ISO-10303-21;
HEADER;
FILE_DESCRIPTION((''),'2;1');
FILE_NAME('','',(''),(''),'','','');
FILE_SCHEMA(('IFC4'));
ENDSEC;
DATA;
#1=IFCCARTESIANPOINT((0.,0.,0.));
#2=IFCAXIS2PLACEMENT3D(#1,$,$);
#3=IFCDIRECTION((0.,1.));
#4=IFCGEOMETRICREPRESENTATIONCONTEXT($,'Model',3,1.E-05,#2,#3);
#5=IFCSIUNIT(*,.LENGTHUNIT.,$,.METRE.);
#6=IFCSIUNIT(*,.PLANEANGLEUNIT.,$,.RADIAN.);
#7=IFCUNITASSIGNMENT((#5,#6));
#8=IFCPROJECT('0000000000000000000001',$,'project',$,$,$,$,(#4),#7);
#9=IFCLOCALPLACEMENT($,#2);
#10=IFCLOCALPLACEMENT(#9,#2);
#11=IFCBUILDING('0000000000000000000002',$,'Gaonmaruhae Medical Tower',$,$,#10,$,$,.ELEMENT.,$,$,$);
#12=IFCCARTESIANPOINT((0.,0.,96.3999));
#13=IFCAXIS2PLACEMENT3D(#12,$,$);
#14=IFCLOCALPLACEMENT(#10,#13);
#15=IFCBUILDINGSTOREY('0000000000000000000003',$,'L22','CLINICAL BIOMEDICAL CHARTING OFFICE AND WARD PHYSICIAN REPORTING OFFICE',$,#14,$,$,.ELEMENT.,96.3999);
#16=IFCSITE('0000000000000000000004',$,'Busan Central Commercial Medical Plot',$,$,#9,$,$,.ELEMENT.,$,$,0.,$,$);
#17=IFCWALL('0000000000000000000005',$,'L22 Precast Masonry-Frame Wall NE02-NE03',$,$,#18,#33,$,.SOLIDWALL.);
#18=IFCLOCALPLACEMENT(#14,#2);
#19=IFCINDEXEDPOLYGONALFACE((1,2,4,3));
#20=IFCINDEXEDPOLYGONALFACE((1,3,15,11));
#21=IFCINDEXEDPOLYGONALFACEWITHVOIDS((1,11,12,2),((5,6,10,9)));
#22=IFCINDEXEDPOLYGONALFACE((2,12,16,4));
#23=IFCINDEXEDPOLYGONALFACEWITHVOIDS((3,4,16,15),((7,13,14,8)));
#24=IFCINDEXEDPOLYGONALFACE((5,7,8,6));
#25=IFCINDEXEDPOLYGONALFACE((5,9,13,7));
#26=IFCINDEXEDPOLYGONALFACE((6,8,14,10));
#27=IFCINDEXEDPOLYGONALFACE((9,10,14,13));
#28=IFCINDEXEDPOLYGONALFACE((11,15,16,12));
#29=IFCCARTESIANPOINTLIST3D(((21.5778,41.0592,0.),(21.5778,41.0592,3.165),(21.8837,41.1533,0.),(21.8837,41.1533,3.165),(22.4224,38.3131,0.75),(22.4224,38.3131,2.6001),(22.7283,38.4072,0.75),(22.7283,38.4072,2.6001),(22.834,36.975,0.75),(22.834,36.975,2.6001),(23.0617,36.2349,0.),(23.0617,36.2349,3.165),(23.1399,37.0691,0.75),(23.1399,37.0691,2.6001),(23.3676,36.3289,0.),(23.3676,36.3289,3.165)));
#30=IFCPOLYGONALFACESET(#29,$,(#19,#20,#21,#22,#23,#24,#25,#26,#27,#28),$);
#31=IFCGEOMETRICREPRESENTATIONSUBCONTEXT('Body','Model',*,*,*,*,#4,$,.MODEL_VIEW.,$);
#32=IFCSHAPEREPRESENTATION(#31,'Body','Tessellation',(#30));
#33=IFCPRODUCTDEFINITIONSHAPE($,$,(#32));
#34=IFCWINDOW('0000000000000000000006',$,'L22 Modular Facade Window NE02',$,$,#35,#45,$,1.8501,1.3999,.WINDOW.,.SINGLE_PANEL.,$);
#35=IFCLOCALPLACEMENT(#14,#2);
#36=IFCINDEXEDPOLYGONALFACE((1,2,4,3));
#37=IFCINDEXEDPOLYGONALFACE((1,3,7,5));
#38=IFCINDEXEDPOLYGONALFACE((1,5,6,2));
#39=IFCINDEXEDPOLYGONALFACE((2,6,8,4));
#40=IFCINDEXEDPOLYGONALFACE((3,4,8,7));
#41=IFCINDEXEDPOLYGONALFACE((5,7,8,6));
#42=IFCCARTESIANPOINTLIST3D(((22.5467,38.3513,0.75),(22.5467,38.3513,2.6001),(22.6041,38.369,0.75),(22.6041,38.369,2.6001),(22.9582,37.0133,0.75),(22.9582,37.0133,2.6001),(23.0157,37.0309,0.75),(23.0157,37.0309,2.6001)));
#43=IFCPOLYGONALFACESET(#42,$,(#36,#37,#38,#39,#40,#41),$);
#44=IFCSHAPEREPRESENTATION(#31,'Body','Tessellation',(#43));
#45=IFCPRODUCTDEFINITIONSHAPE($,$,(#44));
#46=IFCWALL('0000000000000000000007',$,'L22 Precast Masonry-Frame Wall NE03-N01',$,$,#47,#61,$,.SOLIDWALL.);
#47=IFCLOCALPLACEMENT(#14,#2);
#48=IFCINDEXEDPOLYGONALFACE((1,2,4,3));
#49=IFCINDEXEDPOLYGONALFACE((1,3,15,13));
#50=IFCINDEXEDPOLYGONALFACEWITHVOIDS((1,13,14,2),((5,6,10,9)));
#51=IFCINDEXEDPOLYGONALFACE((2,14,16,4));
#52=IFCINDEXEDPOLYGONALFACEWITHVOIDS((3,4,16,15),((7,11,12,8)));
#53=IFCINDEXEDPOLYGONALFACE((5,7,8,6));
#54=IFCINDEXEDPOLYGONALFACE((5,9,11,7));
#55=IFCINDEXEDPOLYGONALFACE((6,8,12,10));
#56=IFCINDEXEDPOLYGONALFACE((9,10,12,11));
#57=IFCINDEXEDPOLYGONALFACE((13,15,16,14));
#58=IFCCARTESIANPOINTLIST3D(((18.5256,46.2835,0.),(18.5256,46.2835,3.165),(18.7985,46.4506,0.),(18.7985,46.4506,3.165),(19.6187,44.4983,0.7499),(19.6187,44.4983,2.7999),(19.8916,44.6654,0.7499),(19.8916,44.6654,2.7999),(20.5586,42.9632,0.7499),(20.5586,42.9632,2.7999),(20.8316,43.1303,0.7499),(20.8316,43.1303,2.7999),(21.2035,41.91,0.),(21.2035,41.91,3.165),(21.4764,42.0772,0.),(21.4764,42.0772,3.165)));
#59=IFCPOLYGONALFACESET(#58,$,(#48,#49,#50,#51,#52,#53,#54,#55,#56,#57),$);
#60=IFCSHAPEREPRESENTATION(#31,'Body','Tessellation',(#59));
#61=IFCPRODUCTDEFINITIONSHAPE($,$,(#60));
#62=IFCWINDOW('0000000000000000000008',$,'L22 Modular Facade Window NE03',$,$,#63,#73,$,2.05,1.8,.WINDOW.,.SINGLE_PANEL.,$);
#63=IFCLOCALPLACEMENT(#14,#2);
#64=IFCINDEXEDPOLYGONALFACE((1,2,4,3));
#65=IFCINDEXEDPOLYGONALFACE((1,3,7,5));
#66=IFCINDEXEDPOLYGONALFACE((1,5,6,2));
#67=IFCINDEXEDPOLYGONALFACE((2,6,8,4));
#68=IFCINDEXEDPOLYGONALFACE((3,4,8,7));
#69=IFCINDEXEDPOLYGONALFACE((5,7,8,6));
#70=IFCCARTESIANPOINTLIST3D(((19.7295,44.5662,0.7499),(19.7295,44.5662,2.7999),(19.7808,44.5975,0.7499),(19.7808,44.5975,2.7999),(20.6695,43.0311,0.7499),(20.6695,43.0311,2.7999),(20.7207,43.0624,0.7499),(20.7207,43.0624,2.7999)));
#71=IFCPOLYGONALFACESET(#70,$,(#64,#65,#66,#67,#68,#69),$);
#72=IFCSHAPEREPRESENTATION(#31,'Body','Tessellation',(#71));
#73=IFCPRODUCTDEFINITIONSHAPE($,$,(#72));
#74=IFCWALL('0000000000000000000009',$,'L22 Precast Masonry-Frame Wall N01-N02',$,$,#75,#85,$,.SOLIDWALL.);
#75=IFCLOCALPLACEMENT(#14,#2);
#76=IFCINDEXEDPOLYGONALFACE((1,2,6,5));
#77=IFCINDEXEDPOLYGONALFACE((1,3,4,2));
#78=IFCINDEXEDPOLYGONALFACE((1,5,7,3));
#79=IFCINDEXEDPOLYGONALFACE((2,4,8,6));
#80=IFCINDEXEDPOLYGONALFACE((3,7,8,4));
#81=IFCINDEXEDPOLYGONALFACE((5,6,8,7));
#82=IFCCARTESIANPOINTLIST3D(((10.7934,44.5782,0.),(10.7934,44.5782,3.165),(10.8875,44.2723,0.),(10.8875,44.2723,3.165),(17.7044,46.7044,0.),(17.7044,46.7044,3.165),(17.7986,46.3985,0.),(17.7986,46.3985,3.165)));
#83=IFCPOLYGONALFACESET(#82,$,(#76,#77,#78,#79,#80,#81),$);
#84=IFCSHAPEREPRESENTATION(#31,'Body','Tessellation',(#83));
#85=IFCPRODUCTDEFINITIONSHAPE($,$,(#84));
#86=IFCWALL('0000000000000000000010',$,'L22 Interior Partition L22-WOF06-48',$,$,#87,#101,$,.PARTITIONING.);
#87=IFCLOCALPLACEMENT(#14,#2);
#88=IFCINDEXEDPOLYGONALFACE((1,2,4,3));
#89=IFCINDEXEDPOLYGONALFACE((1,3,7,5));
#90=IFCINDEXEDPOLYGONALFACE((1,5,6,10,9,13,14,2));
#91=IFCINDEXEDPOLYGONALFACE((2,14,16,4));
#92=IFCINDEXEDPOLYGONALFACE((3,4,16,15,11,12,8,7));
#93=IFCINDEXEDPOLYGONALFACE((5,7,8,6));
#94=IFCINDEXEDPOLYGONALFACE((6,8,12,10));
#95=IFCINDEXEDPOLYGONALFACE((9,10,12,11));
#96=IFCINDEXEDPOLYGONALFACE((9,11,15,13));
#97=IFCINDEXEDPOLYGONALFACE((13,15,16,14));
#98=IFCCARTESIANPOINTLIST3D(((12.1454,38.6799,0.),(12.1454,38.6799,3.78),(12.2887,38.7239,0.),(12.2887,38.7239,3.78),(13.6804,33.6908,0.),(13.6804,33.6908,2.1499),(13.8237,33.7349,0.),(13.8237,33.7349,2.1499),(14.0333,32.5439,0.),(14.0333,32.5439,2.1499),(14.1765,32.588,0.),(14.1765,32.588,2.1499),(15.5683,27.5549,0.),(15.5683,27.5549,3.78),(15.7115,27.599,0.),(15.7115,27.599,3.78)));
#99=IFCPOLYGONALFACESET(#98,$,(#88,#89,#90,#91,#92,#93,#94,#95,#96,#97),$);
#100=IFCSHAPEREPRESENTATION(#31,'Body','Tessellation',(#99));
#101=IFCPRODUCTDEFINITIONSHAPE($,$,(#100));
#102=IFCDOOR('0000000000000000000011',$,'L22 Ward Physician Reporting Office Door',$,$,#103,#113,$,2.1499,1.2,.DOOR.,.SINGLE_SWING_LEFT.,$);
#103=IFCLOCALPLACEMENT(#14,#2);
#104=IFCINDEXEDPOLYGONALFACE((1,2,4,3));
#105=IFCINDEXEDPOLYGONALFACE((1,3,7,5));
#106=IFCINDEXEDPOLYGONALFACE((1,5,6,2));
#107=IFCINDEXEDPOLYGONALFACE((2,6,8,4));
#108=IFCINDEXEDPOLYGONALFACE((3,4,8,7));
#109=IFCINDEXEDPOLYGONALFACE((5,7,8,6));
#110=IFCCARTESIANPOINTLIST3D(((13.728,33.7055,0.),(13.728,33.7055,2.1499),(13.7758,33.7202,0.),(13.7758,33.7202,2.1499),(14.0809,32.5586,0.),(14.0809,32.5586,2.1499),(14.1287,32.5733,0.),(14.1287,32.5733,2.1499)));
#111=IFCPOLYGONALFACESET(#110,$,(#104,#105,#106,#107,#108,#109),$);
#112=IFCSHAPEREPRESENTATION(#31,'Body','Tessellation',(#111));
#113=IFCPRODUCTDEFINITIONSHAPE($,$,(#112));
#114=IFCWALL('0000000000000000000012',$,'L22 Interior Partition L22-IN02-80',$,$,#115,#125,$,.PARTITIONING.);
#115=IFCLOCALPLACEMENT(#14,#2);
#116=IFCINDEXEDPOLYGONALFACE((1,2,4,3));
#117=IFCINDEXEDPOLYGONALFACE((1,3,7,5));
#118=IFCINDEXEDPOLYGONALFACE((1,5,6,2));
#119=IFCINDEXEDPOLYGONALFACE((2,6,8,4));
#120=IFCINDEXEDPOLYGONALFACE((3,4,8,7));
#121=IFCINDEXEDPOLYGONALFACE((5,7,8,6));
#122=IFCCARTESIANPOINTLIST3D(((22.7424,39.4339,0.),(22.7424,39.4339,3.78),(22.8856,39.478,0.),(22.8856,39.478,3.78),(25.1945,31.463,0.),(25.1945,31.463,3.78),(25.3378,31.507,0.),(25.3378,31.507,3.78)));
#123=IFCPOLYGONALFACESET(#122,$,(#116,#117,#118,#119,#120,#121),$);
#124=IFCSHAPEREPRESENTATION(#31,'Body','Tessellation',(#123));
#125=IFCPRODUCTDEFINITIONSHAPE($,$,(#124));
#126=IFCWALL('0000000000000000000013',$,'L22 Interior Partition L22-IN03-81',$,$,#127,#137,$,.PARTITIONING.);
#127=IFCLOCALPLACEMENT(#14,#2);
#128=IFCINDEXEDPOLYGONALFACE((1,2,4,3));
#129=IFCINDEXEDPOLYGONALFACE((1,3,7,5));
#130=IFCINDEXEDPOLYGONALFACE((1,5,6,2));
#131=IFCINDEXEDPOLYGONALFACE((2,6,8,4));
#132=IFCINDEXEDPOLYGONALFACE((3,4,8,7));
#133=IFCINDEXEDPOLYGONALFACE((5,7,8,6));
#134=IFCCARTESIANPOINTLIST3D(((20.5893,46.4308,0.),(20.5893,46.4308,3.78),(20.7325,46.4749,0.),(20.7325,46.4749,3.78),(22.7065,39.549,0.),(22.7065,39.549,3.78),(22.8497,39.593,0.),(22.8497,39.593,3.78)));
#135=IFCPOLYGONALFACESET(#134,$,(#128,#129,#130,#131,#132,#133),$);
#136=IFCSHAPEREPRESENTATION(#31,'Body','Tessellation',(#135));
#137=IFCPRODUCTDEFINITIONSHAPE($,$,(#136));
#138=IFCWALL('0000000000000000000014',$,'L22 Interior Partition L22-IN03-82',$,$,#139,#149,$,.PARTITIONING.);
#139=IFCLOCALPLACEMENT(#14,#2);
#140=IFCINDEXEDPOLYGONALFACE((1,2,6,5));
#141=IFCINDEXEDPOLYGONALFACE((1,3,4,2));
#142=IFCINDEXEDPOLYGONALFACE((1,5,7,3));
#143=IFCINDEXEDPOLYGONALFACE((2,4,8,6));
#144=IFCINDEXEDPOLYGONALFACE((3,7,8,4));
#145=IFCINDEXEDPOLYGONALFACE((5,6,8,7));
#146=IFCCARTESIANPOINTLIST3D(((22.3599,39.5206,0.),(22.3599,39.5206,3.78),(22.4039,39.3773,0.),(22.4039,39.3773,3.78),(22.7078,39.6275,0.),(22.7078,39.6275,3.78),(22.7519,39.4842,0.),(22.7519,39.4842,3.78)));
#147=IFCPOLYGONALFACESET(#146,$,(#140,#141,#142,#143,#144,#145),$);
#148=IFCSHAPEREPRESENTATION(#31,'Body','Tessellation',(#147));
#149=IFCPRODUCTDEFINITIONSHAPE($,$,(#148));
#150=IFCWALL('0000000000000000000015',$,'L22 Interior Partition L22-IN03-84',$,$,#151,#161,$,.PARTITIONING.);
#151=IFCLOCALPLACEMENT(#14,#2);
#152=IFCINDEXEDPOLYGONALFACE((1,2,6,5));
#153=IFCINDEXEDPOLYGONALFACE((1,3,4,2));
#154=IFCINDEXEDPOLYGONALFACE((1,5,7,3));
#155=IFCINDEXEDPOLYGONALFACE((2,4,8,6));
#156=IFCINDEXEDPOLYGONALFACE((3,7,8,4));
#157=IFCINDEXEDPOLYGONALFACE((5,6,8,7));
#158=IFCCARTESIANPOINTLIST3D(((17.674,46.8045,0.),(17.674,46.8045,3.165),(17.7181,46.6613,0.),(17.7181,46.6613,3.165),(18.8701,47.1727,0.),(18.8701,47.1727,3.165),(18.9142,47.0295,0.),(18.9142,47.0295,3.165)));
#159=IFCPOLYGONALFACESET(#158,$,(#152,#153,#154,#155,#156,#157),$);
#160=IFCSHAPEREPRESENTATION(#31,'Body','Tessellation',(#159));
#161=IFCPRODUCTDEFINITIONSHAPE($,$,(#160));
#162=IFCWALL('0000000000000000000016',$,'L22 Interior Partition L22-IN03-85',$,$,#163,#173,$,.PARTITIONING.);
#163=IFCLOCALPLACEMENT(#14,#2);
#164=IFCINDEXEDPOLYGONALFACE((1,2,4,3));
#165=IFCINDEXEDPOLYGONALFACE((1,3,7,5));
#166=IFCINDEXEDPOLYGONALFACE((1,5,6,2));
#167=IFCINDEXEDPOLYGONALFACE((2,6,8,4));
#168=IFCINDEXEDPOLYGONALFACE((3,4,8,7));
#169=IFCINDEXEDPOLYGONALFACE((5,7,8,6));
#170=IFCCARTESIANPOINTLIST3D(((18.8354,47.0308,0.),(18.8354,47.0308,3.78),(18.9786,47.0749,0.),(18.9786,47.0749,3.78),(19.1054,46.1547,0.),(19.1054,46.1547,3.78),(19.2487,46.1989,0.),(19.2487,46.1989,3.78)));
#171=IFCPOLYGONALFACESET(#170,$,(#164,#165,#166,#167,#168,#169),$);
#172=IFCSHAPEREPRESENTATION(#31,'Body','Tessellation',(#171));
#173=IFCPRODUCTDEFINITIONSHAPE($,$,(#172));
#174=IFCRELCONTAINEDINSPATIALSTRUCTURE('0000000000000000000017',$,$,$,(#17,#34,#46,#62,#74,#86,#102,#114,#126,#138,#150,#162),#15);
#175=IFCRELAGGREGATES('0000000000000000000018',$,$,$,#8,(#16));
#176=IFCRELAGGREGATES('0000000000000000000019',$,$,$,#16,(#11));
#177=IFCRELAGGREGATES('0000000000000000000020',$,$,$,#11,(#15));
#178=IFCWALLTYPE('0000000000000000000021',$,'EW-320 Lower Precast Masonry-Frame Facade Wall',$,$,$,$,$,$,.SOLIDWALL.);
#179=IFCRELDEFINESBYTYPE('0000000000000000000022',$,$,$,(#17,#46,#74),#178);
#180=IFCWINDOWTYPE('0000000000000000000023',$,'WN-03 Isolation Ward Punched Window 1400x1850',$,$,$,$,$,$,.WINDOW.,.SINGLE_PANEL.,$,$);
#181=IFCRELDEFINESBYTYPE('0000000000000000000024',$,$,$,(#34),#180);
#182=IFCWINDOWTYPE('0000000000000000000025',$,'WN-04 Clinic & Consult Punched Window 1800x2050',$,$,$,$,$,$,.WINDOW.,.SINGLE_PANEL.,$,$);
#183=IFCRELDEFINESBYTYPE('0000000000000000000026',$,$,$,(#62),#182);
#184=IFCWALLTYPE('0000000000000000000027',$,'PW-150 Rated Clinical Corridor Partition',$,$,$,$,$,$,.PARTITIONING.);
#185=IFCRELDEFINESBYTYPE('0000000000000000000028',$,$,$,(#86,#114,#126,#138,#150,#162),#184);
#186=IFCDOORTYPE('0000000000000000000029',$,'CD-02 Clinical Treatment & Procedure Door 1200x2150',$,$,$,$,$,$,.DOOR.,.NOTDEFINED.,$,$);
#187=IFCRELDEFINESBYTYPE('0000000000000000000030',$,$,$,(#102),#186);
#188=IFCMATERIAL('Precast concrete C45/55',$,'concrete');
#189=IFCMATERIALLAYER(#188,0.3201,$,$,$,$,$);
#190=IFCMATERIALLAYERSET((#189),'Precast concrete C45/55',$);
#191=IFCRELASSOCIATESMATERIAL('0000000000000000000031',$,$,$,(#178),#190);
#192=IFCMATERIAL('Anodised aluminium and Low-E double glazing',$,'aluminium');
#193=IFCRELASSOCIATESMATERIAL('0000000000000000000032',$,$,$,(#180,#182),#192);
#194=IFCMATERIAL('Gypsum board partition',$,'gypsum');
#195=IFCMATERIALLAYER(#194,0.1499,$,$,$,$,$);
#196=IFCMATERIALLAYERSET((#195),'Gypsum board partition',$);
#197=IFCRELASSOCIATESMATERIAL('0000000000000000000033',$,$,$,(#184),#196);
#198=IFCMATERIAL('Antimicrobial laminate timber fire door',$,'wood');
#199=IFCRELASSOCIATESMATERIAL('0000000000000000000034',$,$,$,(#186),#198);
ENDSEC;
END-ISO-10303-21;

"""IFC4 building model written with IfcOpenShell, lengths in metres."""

from ifc_helpers import new_model, si_unit, direction, frame, frame_2d, origin, place, context, subcontext, project, spatial, rectangle, extrude, material, layer, layer_set, type_object, element, fill, save


model = new_model("IFC4")

# Units and contexts
model_context = context("Model", 3, precision=1e-05, world=origin(), true_north=direction((0.0, 1.0)))
body_context = subcontext(model_context, "Body", "Model", "MODEL_VIEW")
ifc_project = project(units=[si_unit("LENGTHUNIT", "METRE"), si_unit("PLANEANGLEUNIT", "RADIAN")], contexts=[model_context])

# Site, building, storey
site_placement = place(None, origin())
site = spatial("IfcSite", under=ifc_project, at=site_placement, Name="Busan Central Commercial Medical Plot", CompositionType="ELEMENT", RefElevation=0.0)
building_placement = place(site_placement, origin())
building = spatial("IfcBuilding", under=site, at=building_placement, Name="Gaonmaruhae Medical Tower", CompositionType="ELEMENT")
storey_placement = place(building_placement, frame((0.0, 0.0, 96.3999)))
storey = spatial("IfcBuildingStorey", under=building, at=storey_placement, Name="L22", Description="CLINICAL BIOMEDICAL CHARTING OFFICE AND WARD PHYSICIAN REPORTING OFFICE", CompositionType="ELEMENT", Elevation=96.3999)

# Walls, openings, windows
ifc_material_1 = material(Name="Precast concrete C45/55", Category="concrete")
ifc_layer_1 = layer(ifc_material_1, 0.3201)
ifc_layer_set_1 = layer_set([ifc_layer_1], Name="Precast concrete C45/55")
wall_type_1 = type_object("IfcWallType", Name="EW-320 Lower Precast Masonry-Frame Facade Wall", PredefinedType="SOLIDWALL", material=ifc_layer_set_1)
wall_1_placement = place(storey_placement, frame((21.7307, 41.1062, 0.0), z_axis=(0.0, 0.0, 1.0), x_axis=(0.293997, -0.955806, 0.0)))
wall_1 = element("IfcWall", 1, at=wall_1_placement, inside=storey, type_object=wall_type_1, Name="L22 Precast Masonry-Frame Wall NE02-NE03", PredefinedType="SOLIDWALL", context=body_context, shape_type="SweptSolid", body=[
    extrude(rectangle(XDim=5.0474, YDim=0.3201, at=frame_2d((2.5237, 0.0))), origin(), (0.0, 0.0, 1.0), 3.165),
])
opening_1_placement = place(wall_1_placement, frame((2.873, 0.0, 0.75)))
opening_1 = element("IfcOpeningElement", 2, at=opening_1_placement, cuts=wall_1, PredefinedType="OPENING", context=body_context, shape_type="SweptSolid", body=[
    extrude(rectangle(XDim=1.3999, YDim=1.8501, at=frame_2d((0.7, 0.925))), frame((0.0, 0.1699, 0.0), z_axis=(0.0, -1.0, 0.0), x_axis=(1.0, 0.0, 0.0)), (0.0, 0.0, 1.0), 0.3401),
])
ifc_material_2 = material(Name="Anodised aluminium and Low-E double glazing", Category="aluminium")
window_type_1 = type_object("IfcWindowType", Name="WN-03 Isolation Ward Punched Window 1400x1850", PartitioningType="SINGLE_PANEL", PredefinedType="WINDOW", material=ifc_material_2)
window_1_placement = place(opening_1_placement, origin())
window_1 = element("IfcWindow", 3, at=window_1_placement, inside=storey, type_object=window_type_1, Name="L22 Modular Facade Window NE02", OverallHeight=1.8501, OverallWidth=1.3999, PartitioningType="SINGLE_PANEL", PredefinedType="WINDOW", context=body_context, shape_type="SweptSolid", body=[
    extrude(rectangle(XDim=1.3999, YDim=1.8501, at=frame_2d((0.7, 0.925))), frame((0.0, 0.03, 0.0), z_axis=(0.0, -1.0, 0.0), x_axis=(1.0, 0.0, 0.0)), (0.0, 0.0, 1.0), 0.0601),
])
fill(opening_1, window_1)
wall_2_placement = place(storey_placement, frame((18.6621, 46.3669, 0.0), z_axis=(0.0, 0.0, 1.0), x_axis=(0.522197, -0.852825, 0.0)))
wall_2 = element("IfcWall", 4, at=wall_2_placement, inside=storey, type_object=wall_type_1, Name="L22 Precast Masonry-Frame Wall NE03-N01", PredefinedType="SOLIDWALL", context=body_context, shape_type="SweptSolid", body=[
    extrude(rectangle(XDim=5.1282, YDim=0.3201, at=frame_2d((2.564, 0.0))), origin(), (0.0, 0.0, 1.0), 3.165),
])
opening_2_placement = place(wall_2_placement, frame((2.0933, 0.0, 0.75)))
opening_2 = element("IfcOpeningElement", 5, at=opening_2_placement, cuts=wall_2, PredefinedType="OPENING", context=body_context, shape_type="SweptSolid", body=[
    extrude(rectangle(XDim=1.8, YDim=2.05, at=frame_2d((0.8999, 1.0249))), frame((0.0, 0.1699, 0.0), z_axis=(0.0, -1.0, 0.0), x_axis=(1.0, 0.0, 0.0)), (0.0, 0.0, 1.0), 0.3401),
])
window_type_2 = type_object("IfcWindowType", Name="WN-04 Clinic & Consult Punched Window 1800x2050", PartitioningType="SINGLE_PANEL", PredefinedType="WINDOW", material=ifc_material_2)
window_2_placement = place(opening_2_placement, origin())
window_2 = element("IfcWindow", 6, at=window_2_placement, inside=storey, type_object=window_type_2, Name="L22 Modular Facade Window NE03", OverallHeight=2.05, OverallWidth=1.8, PartitioningType="SINGLE_PANEL", PredefinedType="WINDOW", context=body_context, shape_type="SweptSolid", body=[
    extrude(rectangle(XDim=1.8, YDim=2.05, at=frame_2d((0.8999, 1.0249))), frame((0.0, 0.03, 0.0), z_axis=(0.0, -1.0, 0.0), x_axis=(1.0, 0.0, 0.0)), (0.0, 0.0, 1.0), 0.0601),
])
fill(opening_2, window_2)

# Wall
wall_3_placement = place(storey_placement, frame((10.8406, 44.4253, 0.0), z_axis=(0.0, 0.0, 1.0), x_axis=(0.95579, 0.29405, 0.0)))
element("IfcWall", 7, at=wall_3_placement, inside=storey, type_object=wall_type_1, Name="L22 Precast Masonry-Frame Wall N01-N02", PredefinedType="SOLIDWALL", context=body_context, shape_type="SweptSolid", body=[
    extrude(rectangle(XDim=7.2307, YDim=0.3201, at=frame_2d((3.6152, 0.0))), origin(), (0.0, 0.0, 1.0), 3.165),
])

# Wall, opening, door
ifc_material_3 = material(Name="Gypsum board partition", Category="gypsum")
ifc_layer_2 = layer(ifc_material_3, 0.1499)
ifc_layer_set_2 = layer_set([ifc_layer_2], Name="Gypsum board partition")
wall_type_2 = type_object("IfcWallType", Name="PW-150 Rated Clinical Corridor Partition", PredefinedType="PARTITIONING", material=ifc_layer_set_2)
wall_4_placement = place(storey_placement, frame((12.217, 38.7019, 0.0), z_axis=(0.0, 0.0, 1.0), x_axis=(0.294068, -0.955784, 0.0)))
wall_4 = element("IfcWall", 8, at=wall_4_placement, inside=storey, type_object=wall_type_2, Name="L22 Interior Partition L22-WOF06-48", PredefinedType="PARTITIONING", context=body_context, shape_type="SweptSolid", body=[
    extrude(rectangle(XDim=11.6396, YDim=0.1499, at=frame_2d((5.8198, 0.0))), origin(), (0.0, 0.0, 1.0), 3.78),
])
opening_3_placement = place(wall_4_placement, frame((5.2197, 0.0, 0.0)))
opening_3 = element("IfcOpeningElement", 9, at=opening_3_placement, cuts=wall_4, PredefinedType="OPENING", context=body_context, shape_type="SweptSolid", body=[
    extrude(rectangle(XDim=1.2, YDim=2.1499, at=frame_2d((0.6001, 1.075))), frame((0.0, 0.085, 0.0), z_axis=(0.0, -1.0, 0.0), x_axis=(1.0, 0.0, 0.0)), (0.0, 0.0, 1.0), 0.1699),
])
ifc_material_4 = material(Name="Antimicrobial laminate timber fire door", Category="wood")
door_type_1 = type_object("IfcDoorType", Name="CD-02 Clinical Treatment & Procedure Door 1200x2150", OperationType="NOTDEFINED", PredefinedType="DOOR", material=ifc_material_4)
door_1_placement = place(opening_3_placement, origin())
door_1 = element("IfcDoor", 10, at=door_1_placement, inside=storey, type_object=door_type_1, Name="L22 Ward Physician Reporting Office Door", OperationType="SINGLE_SWING_LEFT", OverallHeight=2.1499, OverallWidth=1.2, PredefinedType="DOOR", context=body_context, shape_type="SweptSolid", body=[
    extrude(rectangle(XDim=1.2, YDim=2.1499, at=frame_2d((0.6001, 1.075))), frame((0.0, 0.0249, 0.0), z_axis=(0.0, -1.0, 0.0), x_axis=(1.0, 0.0, 0.0)), (0.0, 0.0, 1.0), 0.05),
])
fill(opening_3, door_1)

# Walls
wall_5_placement = place(storey_placement, frame((22.814, 39.4561, 0.0), z_axis=(0.0, 0.0, 1.0), x_axis=(0.294036, -0.955794, 0.0)))
element("IfcWall", 11, at=wall_5_placement, inside=storey, type_object=wall_type_2, Name="L22 Interior Partition L22-IN02-80", PredefinedType="PARTITIONING", context=body_context, shape_type="SweptSolid", body=[
    extrude(rectangle(XDim=8.3396, YDim=0.1499, at=frame_2d((4.1699, 0.0))), origin(), (0.0, 0.0, 1.0), 3.78),
])
wall_6_placement = place(storey_placement, frame((20.6609, 46.4529, 0.0), z_axis=(0.0, 0.0, 1.0), x_axis=(0.294048, -0.955791, 0.0)))
element("IfcWall", 12, at=wall_6_placement, inside=storey, type_object=wall_type_2, Name="L22 Interior Partition L22-IN03-81", PredefinedType="PARTITIONING", context=body_context, shape_type="SweptSolid", body=[
    extrude(rectangle(XDim=7.2002, YDim=0.1499, at=frame_2d((3.6001, 0.0))), origin(), (0.0, 0.0, 1.0), 3.78),
])
wall_7_placement = place(storey_placement, frame((22.73, 39.5559, 0.0), z_axis=(0.0, 0.0, 1.0), x_axis=(-0.955866, -0.293803, 0.0)))
element("IfcWall", 13, at=wall_7_placement, inside=storey, type_object=wall_type_2, Name="L22 Interior Partition L22-IN03-82", PredefinedType="PARTITIONING", context=body_context, shape_type="SweptSolid", body=[
    extrude(rectangle(XDim=0.364, YDim=0.1499, at=frame_2d((0.1821, 0.0))), origin(), (0.0, 0.0, 1.0), 3.78),
])
wall_8_placement = place(storey_placement, frame((17.696, 46.7329, 0.0), z_axis=(0.0, 0.0, 1.0), x_axis=(0.955745, 0.294196, 0.0)))
element("IfcWall", 14, at=wall_8_placement, inside=storey, type_object=wall_type_2, Name="L22 Interior Partition L22-IN03-84", PredefinedType="PARTITIONING", context=body_context, shape_type="SweptSolid", body=[
    extrude(rectangle(XDim=1.2515, YDim=0.1499, at=frame_2d((0.6257, 0.0))), origin(), (0.0, 0.0, 1.0), 3.165),
])
wall_9_placement = place(storey_placement, frame((18.907, 47.053, 0.0), z_axis=(0.0, 0.0, 1.0), x_axis=(0.294572, -0.955629, 0.0)))
element("IfcWall", 15, at=wall_9_placement, inside=storey, type_object=wall_type_2, Name="L22 Interior Partition L22-IN03-85", PredefinedType="PARTITIONING", context=body_context, shape_type="SweptSolid", body=[
    extrude(rectangle(XDim=0.9167, YDim=0.1499, at=frame_2d((0.4585, 0.0))), origin(), (0.0, 0.0, 1.0), 3.78),
])

save(model, "model.ifc")
